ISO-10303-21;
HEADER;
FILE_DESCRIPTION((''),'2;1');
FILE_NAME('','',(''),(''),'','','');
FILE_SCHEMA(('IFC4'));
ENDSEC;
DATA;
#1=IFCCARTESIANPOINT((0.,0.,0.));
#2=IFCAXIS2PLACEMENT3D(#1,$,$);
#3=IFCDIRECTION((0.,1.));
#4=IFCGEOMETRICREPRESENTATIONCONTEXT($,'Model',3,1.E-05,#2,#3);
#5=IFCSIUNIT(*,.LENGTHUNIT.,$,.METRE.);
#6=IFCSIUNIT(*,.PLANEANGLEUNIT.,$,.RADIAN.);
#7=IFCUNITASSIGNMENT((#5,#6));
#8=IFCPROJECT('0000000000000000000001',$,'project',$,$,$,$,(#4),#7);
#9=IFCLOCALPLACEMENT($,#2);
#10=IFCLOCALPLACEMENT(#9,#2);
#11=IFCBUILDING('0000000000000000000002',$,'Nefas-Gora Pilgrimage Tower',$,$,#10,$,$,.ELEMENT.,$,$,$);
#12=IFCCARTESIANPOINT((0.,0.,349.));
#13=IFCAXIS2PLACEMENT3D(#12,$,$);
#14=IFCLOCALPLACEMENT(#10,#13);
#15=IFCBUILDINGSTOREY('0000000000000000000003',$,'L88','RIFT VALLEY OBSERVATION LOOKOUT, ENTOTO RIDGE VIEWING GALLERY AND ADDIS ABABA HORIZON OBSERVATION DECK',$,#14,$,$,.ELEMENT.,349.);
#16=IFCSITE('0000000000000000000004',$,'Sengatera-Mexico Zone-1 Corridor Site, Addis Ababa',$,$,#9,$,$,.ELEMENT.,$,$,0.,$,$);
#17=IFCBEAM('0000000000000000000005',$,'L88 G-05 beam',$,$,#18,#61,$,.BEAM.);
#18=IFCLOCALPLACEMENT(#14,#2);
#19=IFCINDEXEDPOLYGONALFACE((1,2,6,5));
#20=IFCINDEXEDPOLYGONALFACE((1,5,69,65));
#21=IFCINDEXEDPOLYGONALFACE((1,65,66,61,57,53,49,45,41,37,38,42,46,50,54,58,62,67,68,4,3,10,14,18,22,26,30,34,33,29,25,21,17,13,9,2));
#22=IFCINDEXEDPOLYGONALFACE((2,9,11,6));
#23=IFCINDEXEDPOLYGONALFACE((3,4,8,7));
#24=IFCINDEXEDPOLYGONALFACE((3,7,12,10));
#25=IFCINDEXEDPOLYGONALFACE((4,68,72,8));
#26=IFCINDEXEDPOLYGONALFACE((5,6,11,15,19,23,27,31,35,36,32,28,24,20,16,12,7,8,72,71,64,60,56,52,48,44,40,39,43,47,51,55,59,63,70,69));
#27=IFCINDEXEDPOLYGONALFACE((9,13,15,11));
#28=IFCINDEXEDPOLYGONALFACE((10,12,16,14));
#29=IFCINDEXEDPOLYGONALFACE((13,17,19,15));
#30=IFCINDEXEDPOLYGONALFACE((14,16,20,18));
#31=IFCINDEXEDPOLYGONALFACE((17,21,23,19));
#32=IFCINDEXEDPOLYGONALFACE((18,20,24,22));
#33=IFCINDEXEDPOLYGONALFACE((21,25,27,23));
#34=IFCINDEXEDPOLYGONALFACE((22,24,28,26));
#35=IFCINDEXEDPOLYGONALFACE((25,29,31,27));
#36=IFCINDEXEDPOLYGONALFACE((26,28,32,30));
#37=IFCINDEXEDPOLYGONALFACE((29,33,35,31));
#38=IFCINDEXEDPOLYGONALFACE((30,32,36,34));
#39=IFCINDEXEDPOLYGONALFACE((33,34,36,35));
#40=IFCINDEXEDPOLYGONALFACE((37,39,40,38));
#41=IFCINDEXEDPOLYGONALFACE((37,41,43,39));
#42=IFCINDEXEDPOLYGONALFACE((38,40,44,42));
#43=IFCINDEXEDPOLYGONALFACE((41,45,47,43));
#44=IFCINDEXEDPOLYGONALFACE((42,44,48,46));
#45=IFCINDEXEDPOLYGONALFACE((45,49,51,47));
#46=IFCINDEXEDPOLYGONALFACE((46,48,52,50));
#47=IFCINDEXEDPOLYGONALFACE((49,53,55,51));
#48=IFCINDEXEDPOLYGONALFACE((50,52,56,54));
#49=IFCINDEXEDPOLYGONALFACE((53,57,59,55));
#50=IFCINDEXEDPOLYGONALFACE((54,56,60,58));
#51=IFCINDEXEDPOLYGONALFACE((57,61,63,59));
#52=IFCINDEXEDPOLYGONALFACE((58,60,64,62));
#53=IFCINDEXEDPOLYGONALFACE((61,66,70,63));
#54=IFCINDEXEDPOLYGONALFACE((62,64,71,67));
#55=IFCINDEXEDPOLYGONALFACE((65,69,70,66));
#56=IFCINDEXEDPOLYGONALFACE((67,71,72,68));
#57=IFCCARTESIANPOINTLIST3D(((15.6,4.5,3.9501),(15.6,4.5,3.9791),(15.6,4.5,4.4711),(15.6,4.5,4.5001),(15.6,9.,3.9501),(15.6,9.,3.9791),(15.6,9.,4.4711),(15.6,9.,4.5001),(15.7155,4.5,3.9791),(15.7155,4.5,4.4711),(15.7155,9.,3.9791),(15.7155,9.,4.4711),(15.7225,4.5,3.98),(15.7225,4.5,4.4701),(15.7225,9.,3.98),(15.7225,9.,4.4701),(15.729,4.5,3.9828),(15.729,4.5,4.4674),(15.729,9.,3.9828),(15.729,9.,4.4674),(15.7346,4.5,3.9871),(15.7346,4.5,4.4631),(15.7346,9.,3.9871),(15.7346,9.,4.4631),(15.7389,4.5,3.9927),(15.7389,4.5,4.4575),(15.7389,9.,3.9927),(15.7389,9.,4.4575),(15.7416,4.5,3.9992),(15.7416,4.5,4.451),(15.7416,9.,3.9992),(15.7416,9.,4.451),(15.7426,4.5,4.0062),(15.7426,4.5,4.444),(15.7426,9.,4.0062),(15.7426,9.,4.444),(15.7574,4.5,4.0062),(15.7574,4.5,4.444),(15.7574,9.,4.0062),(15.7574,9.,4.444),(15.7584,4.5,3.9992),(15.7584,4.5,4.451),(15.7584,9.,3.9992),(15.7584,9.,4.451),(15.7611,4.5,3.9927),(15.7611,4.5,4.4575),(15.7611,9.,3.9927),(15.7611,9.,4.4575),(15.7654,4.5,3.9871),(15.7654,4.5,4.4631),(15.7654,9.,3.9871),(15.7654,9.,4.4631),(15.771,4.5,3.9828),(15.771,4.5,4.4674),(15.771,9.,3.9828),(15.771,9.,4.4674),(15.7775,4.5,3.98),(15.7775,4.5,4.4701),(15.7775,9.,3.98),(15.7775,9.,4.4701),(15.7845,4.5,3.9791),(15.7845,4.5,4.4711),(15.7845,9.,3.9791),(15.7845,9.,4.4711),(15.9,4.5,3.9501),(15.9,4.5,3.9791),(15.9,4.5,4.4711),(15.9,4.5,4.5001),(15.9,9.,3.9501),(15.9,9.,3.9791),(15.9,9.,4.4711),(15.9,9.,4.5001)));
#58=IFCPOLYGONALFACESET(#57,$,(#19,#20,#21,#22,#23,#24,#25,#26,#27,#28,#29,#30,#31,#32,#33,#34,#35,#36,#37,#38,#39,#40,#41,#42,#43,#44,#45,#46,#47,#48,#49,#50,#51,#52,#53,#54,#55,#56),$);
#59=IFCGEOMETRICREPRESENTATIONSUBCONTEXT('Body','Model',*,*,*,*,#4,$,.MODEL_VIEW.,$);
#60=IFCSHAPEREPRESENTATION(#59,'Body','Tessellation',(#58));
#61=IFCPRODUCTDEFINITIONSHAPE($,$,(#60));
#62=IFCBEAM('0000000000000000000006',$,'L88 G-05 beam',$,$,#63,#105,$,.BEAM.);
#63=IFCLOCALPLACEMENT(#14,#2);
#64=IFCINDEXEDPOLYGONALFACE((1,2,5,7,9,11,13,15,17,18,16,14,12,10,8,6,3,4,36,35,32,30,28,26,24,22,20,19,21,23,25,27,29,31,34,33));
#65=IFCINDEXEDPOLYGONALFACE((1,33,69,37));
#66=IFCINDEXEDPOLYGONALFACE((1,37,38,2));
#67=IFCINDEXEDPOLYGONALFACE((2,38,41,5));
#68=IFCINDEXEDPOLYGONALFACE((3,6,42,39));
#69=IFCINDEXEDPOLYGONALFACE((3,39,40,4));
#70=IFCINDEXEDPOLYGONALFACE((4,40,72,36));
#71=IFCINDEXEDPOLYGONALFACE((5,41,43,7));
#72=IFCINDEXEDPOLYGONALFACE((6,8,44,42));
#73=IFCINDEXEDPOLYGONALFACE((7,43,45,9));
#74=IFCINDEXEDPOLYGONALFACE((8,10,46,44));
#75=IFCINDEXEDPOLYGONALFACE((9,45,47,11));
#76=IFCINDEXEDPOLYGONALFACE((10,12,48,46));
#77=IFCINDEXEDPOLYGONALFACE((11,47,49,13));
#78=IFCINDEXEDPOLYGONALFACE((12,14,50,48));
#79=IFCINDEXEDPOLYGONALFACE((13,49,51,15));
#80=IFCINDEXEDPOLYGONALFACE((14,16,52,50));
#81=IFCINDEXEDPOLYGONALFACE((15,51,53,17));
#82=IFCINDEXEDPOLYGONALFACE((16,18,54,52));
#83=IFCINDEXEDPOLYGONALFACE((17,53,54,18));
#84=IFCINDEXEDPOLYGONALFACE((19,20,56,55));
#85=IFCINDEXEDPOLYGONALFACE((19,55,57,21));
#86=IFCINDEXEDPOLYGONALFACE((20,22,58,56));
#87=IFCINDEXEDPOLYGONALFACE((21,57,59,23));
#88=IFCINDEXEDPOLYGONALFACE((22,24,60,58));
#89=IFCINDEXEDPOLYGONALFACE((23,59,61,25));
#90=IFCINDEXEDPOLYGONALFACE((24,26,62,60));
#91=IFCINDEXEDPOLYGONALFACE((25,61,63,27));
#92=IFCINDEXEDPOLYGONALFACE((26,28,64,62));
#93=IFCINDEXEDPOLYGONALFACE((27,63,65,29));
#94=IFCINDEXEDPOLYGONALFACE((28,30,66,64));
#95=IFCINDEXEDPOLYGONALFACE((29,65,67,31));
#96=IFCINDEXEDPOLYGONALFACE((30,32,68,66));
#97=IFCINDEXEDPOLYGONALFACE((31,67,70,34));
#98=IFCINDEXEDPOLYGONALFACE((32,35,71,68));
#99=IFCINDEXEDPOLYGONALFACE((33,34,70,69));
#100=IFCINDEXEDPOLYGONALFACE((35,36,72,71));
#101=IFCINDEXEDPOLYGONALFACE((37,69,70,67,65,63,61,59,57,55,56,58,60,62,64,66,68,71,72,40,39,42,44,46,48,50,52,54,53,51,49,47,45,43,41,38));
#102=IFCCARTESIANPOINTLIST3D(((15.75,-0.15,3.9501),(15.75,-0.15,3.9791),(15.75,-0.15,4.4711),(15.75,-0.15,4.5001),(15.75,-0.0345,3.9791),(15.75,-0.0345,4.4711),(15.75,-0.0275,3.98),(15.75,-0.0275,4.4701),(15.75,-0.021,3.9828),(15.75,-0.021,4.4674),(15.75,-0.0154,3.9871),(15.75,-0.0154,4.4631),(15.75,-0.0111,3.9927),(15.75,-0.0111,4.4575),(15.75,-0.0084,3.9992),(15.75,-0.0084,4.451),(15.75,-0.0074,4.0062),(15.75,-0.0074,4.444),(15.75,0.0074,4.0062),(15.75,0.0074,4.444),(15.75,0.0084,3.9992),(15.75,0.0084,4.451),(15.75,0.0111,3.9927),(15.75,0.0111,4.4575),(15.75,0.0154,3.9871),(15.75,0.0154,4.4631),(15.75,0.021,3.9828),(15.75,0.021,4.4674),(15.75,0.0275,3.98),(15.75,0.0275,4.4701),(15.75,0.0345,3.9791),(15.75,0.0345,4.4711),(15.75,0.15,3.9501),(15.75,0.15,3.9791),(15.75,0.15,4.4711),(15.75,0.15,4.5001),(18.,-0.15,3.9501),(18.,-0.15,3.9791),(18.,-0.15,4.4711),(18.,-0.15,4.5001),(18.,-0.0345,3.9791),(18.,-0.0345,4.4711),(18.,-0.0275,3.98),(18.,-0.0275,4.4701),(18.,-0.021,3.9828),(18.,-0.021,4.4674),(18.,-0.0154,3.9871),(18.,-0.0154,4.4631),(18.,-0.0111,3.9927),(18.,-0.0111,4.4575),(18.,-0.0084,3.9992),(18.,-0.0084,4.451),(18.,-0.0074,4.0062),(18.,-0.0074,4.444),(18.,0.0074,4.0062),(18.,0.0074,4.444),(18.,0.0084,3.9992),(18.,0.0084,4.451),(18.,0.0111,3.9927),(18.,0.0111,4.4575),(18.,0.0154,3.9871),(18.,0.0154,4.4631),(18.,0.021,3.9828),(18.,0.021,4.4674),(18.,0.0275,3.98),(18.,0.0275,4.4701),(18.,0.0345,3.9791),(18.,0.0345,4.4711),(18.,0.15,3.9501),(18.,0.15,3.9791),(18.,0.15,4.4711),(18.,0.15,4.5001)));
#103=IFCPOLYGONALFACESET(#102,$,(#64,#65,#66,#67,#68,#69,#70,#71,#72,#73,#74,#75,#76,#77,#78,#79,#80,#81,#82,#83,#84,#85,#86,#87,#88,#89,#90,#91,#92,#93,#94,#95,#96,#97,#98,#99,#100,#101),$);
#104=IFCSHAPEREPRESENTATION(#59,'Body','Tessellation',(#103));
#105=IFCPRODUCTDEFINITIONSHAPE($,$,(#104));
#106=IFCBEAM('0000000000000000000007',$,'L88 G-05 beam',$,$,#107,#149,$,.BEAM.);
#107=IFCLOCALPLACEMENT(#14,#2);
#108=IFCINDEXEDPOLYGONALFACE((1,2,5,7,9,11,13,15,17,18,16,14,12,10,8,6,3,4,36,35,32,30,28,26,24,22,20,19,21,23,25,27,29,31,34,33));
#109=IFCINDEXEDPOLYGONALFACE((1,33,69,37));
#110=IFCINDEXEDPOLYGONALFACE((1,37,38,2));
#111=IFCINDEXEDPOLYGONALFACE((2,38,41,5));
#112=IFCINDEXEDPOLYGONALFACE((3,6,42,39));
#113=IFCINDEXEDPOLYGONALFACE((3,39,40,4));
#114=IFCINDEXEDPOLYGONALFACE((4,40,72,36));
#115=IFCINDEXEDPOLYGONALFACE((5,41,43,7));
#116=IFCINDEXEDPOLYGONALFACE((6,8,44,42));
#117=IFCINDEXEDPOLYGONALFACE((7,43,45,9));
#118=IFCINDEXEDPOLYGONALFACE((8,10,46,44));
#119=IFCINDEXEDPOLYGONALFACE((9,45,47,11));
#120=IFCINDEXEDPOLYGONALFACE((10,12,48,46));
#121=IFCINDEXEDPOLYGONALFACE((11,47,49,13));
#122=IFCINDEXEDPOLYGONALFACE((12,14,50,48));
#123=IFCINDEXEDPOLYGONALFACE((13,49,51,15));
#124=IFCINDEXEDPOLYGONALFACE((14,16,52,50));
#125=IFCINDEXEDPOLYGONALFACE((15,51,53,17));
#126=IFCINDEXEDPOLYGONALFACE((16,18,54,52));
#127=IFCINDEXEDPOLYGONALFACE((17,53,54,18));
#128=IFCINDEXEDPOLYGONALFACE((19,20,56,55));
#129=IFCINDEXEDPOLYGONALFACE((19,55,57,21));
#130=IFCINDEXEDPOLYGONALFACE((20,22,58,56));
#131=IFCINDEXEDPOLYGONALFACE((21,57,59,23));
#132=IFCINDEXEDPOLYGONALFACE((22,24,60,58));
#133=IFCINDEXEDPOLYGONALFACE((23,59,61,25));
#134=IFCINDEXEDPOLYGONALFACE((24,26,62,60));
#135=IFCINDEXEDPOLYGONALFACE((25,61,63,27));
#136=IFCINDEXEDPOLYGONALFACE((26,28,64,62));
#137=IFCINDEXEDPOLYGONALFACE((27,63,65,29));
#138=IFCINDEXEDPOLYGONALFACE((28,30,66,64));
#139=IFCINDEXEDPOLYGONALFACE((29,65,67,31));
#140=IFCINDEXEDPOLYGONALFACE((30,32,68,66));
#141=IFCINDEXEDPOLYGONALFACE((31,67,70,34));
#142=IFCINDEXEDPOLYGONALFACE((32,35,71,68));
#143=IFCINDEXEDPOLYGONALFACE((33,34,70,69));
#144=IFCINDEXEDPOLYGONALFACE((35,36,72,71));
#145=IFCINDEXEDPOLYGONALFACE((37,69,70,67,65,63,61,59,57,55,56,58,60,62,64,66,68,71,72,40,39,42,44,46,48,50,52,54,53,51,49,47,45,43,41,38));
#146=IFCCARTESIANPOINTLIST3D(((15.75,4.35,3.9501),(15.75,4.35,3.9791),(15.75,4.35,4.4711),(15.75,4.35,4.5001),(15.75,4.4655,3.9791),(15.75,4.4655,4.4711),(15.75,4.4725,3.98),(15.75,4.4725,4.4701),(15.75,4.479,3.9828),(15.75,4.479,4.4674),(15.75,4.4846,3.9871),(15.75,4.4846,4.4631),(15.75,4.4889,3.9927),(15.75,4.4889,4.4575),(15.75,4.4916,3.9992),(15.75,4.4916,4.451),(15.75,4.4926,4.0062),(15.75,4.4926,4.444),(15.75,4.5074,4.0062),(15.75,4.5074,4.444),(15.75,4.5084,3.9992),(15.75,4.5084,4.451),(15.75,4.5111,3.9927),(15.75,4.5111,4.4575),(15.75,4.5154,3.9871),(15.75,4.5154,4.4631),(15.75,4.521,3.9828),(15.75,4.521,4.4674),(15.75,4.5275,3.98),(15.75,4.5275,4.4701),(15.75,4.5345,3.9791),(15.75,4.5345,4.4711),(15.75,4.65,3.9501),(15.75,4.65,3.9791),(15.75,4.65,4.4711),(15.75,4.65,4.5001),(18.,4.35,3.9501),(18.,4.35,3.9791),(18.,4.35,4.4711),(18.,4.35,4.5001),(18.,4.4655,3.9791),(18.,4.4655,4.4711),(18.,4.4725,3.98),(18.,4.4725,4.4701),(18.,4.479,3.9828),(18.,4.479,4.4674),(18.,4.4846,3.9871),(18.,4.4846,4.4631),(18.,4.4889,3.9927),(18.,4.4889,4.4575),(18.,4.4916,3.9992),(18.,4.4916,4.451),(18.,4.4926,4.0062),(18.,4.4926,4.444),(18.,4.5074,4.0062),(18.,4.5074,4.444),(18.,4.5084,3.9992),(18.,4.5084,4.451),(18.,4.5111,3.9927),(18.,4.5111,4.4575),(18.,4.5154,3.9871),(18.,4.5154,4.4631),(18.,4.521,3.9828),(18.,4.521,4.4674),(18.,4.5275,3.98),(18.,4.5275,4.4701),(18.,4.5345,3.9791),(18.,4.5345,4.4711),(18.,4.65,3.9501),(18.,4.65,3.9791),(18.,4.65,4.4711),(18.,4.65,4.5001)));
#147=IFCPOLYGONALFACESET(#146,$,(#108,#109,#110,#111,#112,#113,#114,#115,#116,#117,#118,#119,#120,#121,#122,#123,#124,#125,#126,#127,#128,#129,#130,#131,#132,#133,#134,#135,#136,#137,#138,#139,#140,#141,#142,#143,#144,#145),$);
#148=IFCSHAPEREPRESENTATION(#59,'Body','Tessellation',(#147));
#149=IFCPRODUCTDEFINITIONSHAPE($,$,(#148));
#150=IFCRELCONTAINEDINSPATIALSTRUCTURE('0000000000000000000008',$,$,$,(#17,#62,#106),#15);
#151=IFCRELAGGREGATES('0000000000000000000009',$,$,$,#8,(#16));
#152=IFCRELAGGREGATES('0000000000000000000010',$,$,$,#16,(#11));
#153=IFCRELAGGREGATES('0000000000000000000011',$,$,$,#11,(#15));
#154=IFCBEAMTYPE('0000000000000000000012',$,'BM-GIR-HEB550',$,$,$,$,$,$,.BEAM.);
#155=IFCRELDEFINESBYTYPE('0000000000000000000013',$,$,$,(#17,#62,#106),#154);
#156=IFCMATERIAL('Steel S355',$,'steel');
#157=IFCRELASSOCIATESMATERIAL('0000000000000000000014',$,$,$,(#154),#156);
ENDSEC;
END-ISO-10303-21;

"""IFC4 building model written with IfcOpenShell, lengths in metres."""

from ifc_helpers import new_model, si_unit, direction, frame, origin, origin_2d, place, context, subcontext, project, spatial, i_section, extrude, source, transform, mapped, material, material_profile, profile_set, type_object, element, save


model = new_model("IFC4")

# Units and contexts
model_context = context("Model", 3, precision=1e-05, world=origin(), true_north=direction((0.0, 1.0)))
body_context = subcontext(model_context, "Body", "Model", "MODEL_VIEW")
ifc_project = project(units=[si_unit("LENGTHUNIT", "METRE"), si_unit("PLANEANGLEUNIT", "RADIAN")], contexts=[model_context])

# Site, building, storey
site_placement = place(None, origin())
site = spatial("IfcSite", under=ifc_project, at=site_placement, Name="Sengatera-Mexico Zone-1 Corridor Site, Addis Ababa", CompositionType="ELEMENT", RefElevation=0.0)
building_placement = place(site_placement, origin())
building = spatial("IfcBuilding", under=site, at=building_placement, Name="Nefas-Gora Pilgrimage Tower", CompositionType="ELEMENT")
storey_placement = place(building_placement, frame((0.0, 0.0, 349.0)))
storey = spatial("IfcBuildingStorey", under=building, at=storey_placement, Name="L88", Description="RIFT VALLEY OBSERVATION LOOKOUT, ENTOTO RIDGE VIEWING GALLERY AND ADDIS ABABA HORIZON OBSERVATION DECK", CompositionType="ELEMENT", Elevation=349.0)

# Shared definitions
ifc_material_1 = material(Name="Steel S355", Category="steel")

# Beams
ifc_material_profile_1 = material_profile(ifc_material_1, i_section(OverallWidth=0.3, OverallDepth=0.55, WebThickness=0.0149, FlangeThickness=0.0291, FilletRadius=0.0271, at=origin_2d()), Name="HEB 550")
ifc_profile_set_1 = profile_set([ifc_material_profile_1], Name="Steel S355")
beam_type_1 = type_object("IfcBeamType", Name="BM-GIR-HEB550", PredefinedType="BEAM", material=ifc_profile_set_1)
shared_shape_1 = source(origin(), body_context, "Body", "SweptSolid", [
    extrude(i_section(OverallWidth=0.3, OverallDepth=0.55, WebThickness=0.0149, FlangeThickness=0.0291, FilletRadius=0.0271, at=origin_2d()), origin(), (0.0, 0.0, 1.0), 4.5),
])
for number, where, z_axis, x_axis, name in (
    (1, (15.75, 4.5, 4.2251), (0.0, 1.0, 0.0), (-1.0, 0.0, 0.0), "L88 G-05 beam"),
):
    element("IfcBeam", number, at=place(storey_placement, frame(where, z_axis=z_axis, x_axis=x_axis)), inside=storey, type_object=beam_type_1, Name=name, PredefinedType="BEAM", context=body_context, shape_type="MappedRepresentation", body=[
        mapped(shared_shape_1, transform((0.0, 0.0, 0.0), x_axis=(1.0, 0.0, 0.0), y_axis=(0.0, 1.0, 0.0), z_axis=(0.0, 0.0, 1.0), scale=1.0)),
    ])
shared_shape_2 = source(origin(), body_context, "Body", "SweptSolid", [
    extrude(i_section(OverallWidth=0.3, OverallDepth=0.55, WebThickness=0.0149, FlangeThickness=0.0291, FilletRadius=0.0271, at=origin_2d()), origin(), (0.0, 0.0, 1.0), 2.25),
])
for number, where, z_axis, x_axis, name in (
    (2, (15.75, 0.0, 4.2251), (1.0, 0.0, 0.0), (0.0, 1.0, 0.0), "L88 G-05 beam"),
    (3, (15.75, 4.5, 4.2251), (1.0, 0.0, 0.0), (0.0, 1.0, 0.0), "L88 G-05 beam"),
):
    element("IfcBeam", number, at=place(storey_placement, frame(where, z_axis=z_axis, x_axis=x_axis)), inside=storey, type_object=beam_type_1, Name=name, PredefinedType="BEAM", context=body_context, shape_type="MappedRepresentation", body=[
        mapped(shared_shape_2, transform((0.0, 0.0, 0.0), x_axis=(1.0, 0.0, 0.0), y_axis=(0.0, 1.0, 0.0), z_axis=(0.0, 0.0, 1.0), scale=1.0)),
    ])

save(model, "model.ifc")
